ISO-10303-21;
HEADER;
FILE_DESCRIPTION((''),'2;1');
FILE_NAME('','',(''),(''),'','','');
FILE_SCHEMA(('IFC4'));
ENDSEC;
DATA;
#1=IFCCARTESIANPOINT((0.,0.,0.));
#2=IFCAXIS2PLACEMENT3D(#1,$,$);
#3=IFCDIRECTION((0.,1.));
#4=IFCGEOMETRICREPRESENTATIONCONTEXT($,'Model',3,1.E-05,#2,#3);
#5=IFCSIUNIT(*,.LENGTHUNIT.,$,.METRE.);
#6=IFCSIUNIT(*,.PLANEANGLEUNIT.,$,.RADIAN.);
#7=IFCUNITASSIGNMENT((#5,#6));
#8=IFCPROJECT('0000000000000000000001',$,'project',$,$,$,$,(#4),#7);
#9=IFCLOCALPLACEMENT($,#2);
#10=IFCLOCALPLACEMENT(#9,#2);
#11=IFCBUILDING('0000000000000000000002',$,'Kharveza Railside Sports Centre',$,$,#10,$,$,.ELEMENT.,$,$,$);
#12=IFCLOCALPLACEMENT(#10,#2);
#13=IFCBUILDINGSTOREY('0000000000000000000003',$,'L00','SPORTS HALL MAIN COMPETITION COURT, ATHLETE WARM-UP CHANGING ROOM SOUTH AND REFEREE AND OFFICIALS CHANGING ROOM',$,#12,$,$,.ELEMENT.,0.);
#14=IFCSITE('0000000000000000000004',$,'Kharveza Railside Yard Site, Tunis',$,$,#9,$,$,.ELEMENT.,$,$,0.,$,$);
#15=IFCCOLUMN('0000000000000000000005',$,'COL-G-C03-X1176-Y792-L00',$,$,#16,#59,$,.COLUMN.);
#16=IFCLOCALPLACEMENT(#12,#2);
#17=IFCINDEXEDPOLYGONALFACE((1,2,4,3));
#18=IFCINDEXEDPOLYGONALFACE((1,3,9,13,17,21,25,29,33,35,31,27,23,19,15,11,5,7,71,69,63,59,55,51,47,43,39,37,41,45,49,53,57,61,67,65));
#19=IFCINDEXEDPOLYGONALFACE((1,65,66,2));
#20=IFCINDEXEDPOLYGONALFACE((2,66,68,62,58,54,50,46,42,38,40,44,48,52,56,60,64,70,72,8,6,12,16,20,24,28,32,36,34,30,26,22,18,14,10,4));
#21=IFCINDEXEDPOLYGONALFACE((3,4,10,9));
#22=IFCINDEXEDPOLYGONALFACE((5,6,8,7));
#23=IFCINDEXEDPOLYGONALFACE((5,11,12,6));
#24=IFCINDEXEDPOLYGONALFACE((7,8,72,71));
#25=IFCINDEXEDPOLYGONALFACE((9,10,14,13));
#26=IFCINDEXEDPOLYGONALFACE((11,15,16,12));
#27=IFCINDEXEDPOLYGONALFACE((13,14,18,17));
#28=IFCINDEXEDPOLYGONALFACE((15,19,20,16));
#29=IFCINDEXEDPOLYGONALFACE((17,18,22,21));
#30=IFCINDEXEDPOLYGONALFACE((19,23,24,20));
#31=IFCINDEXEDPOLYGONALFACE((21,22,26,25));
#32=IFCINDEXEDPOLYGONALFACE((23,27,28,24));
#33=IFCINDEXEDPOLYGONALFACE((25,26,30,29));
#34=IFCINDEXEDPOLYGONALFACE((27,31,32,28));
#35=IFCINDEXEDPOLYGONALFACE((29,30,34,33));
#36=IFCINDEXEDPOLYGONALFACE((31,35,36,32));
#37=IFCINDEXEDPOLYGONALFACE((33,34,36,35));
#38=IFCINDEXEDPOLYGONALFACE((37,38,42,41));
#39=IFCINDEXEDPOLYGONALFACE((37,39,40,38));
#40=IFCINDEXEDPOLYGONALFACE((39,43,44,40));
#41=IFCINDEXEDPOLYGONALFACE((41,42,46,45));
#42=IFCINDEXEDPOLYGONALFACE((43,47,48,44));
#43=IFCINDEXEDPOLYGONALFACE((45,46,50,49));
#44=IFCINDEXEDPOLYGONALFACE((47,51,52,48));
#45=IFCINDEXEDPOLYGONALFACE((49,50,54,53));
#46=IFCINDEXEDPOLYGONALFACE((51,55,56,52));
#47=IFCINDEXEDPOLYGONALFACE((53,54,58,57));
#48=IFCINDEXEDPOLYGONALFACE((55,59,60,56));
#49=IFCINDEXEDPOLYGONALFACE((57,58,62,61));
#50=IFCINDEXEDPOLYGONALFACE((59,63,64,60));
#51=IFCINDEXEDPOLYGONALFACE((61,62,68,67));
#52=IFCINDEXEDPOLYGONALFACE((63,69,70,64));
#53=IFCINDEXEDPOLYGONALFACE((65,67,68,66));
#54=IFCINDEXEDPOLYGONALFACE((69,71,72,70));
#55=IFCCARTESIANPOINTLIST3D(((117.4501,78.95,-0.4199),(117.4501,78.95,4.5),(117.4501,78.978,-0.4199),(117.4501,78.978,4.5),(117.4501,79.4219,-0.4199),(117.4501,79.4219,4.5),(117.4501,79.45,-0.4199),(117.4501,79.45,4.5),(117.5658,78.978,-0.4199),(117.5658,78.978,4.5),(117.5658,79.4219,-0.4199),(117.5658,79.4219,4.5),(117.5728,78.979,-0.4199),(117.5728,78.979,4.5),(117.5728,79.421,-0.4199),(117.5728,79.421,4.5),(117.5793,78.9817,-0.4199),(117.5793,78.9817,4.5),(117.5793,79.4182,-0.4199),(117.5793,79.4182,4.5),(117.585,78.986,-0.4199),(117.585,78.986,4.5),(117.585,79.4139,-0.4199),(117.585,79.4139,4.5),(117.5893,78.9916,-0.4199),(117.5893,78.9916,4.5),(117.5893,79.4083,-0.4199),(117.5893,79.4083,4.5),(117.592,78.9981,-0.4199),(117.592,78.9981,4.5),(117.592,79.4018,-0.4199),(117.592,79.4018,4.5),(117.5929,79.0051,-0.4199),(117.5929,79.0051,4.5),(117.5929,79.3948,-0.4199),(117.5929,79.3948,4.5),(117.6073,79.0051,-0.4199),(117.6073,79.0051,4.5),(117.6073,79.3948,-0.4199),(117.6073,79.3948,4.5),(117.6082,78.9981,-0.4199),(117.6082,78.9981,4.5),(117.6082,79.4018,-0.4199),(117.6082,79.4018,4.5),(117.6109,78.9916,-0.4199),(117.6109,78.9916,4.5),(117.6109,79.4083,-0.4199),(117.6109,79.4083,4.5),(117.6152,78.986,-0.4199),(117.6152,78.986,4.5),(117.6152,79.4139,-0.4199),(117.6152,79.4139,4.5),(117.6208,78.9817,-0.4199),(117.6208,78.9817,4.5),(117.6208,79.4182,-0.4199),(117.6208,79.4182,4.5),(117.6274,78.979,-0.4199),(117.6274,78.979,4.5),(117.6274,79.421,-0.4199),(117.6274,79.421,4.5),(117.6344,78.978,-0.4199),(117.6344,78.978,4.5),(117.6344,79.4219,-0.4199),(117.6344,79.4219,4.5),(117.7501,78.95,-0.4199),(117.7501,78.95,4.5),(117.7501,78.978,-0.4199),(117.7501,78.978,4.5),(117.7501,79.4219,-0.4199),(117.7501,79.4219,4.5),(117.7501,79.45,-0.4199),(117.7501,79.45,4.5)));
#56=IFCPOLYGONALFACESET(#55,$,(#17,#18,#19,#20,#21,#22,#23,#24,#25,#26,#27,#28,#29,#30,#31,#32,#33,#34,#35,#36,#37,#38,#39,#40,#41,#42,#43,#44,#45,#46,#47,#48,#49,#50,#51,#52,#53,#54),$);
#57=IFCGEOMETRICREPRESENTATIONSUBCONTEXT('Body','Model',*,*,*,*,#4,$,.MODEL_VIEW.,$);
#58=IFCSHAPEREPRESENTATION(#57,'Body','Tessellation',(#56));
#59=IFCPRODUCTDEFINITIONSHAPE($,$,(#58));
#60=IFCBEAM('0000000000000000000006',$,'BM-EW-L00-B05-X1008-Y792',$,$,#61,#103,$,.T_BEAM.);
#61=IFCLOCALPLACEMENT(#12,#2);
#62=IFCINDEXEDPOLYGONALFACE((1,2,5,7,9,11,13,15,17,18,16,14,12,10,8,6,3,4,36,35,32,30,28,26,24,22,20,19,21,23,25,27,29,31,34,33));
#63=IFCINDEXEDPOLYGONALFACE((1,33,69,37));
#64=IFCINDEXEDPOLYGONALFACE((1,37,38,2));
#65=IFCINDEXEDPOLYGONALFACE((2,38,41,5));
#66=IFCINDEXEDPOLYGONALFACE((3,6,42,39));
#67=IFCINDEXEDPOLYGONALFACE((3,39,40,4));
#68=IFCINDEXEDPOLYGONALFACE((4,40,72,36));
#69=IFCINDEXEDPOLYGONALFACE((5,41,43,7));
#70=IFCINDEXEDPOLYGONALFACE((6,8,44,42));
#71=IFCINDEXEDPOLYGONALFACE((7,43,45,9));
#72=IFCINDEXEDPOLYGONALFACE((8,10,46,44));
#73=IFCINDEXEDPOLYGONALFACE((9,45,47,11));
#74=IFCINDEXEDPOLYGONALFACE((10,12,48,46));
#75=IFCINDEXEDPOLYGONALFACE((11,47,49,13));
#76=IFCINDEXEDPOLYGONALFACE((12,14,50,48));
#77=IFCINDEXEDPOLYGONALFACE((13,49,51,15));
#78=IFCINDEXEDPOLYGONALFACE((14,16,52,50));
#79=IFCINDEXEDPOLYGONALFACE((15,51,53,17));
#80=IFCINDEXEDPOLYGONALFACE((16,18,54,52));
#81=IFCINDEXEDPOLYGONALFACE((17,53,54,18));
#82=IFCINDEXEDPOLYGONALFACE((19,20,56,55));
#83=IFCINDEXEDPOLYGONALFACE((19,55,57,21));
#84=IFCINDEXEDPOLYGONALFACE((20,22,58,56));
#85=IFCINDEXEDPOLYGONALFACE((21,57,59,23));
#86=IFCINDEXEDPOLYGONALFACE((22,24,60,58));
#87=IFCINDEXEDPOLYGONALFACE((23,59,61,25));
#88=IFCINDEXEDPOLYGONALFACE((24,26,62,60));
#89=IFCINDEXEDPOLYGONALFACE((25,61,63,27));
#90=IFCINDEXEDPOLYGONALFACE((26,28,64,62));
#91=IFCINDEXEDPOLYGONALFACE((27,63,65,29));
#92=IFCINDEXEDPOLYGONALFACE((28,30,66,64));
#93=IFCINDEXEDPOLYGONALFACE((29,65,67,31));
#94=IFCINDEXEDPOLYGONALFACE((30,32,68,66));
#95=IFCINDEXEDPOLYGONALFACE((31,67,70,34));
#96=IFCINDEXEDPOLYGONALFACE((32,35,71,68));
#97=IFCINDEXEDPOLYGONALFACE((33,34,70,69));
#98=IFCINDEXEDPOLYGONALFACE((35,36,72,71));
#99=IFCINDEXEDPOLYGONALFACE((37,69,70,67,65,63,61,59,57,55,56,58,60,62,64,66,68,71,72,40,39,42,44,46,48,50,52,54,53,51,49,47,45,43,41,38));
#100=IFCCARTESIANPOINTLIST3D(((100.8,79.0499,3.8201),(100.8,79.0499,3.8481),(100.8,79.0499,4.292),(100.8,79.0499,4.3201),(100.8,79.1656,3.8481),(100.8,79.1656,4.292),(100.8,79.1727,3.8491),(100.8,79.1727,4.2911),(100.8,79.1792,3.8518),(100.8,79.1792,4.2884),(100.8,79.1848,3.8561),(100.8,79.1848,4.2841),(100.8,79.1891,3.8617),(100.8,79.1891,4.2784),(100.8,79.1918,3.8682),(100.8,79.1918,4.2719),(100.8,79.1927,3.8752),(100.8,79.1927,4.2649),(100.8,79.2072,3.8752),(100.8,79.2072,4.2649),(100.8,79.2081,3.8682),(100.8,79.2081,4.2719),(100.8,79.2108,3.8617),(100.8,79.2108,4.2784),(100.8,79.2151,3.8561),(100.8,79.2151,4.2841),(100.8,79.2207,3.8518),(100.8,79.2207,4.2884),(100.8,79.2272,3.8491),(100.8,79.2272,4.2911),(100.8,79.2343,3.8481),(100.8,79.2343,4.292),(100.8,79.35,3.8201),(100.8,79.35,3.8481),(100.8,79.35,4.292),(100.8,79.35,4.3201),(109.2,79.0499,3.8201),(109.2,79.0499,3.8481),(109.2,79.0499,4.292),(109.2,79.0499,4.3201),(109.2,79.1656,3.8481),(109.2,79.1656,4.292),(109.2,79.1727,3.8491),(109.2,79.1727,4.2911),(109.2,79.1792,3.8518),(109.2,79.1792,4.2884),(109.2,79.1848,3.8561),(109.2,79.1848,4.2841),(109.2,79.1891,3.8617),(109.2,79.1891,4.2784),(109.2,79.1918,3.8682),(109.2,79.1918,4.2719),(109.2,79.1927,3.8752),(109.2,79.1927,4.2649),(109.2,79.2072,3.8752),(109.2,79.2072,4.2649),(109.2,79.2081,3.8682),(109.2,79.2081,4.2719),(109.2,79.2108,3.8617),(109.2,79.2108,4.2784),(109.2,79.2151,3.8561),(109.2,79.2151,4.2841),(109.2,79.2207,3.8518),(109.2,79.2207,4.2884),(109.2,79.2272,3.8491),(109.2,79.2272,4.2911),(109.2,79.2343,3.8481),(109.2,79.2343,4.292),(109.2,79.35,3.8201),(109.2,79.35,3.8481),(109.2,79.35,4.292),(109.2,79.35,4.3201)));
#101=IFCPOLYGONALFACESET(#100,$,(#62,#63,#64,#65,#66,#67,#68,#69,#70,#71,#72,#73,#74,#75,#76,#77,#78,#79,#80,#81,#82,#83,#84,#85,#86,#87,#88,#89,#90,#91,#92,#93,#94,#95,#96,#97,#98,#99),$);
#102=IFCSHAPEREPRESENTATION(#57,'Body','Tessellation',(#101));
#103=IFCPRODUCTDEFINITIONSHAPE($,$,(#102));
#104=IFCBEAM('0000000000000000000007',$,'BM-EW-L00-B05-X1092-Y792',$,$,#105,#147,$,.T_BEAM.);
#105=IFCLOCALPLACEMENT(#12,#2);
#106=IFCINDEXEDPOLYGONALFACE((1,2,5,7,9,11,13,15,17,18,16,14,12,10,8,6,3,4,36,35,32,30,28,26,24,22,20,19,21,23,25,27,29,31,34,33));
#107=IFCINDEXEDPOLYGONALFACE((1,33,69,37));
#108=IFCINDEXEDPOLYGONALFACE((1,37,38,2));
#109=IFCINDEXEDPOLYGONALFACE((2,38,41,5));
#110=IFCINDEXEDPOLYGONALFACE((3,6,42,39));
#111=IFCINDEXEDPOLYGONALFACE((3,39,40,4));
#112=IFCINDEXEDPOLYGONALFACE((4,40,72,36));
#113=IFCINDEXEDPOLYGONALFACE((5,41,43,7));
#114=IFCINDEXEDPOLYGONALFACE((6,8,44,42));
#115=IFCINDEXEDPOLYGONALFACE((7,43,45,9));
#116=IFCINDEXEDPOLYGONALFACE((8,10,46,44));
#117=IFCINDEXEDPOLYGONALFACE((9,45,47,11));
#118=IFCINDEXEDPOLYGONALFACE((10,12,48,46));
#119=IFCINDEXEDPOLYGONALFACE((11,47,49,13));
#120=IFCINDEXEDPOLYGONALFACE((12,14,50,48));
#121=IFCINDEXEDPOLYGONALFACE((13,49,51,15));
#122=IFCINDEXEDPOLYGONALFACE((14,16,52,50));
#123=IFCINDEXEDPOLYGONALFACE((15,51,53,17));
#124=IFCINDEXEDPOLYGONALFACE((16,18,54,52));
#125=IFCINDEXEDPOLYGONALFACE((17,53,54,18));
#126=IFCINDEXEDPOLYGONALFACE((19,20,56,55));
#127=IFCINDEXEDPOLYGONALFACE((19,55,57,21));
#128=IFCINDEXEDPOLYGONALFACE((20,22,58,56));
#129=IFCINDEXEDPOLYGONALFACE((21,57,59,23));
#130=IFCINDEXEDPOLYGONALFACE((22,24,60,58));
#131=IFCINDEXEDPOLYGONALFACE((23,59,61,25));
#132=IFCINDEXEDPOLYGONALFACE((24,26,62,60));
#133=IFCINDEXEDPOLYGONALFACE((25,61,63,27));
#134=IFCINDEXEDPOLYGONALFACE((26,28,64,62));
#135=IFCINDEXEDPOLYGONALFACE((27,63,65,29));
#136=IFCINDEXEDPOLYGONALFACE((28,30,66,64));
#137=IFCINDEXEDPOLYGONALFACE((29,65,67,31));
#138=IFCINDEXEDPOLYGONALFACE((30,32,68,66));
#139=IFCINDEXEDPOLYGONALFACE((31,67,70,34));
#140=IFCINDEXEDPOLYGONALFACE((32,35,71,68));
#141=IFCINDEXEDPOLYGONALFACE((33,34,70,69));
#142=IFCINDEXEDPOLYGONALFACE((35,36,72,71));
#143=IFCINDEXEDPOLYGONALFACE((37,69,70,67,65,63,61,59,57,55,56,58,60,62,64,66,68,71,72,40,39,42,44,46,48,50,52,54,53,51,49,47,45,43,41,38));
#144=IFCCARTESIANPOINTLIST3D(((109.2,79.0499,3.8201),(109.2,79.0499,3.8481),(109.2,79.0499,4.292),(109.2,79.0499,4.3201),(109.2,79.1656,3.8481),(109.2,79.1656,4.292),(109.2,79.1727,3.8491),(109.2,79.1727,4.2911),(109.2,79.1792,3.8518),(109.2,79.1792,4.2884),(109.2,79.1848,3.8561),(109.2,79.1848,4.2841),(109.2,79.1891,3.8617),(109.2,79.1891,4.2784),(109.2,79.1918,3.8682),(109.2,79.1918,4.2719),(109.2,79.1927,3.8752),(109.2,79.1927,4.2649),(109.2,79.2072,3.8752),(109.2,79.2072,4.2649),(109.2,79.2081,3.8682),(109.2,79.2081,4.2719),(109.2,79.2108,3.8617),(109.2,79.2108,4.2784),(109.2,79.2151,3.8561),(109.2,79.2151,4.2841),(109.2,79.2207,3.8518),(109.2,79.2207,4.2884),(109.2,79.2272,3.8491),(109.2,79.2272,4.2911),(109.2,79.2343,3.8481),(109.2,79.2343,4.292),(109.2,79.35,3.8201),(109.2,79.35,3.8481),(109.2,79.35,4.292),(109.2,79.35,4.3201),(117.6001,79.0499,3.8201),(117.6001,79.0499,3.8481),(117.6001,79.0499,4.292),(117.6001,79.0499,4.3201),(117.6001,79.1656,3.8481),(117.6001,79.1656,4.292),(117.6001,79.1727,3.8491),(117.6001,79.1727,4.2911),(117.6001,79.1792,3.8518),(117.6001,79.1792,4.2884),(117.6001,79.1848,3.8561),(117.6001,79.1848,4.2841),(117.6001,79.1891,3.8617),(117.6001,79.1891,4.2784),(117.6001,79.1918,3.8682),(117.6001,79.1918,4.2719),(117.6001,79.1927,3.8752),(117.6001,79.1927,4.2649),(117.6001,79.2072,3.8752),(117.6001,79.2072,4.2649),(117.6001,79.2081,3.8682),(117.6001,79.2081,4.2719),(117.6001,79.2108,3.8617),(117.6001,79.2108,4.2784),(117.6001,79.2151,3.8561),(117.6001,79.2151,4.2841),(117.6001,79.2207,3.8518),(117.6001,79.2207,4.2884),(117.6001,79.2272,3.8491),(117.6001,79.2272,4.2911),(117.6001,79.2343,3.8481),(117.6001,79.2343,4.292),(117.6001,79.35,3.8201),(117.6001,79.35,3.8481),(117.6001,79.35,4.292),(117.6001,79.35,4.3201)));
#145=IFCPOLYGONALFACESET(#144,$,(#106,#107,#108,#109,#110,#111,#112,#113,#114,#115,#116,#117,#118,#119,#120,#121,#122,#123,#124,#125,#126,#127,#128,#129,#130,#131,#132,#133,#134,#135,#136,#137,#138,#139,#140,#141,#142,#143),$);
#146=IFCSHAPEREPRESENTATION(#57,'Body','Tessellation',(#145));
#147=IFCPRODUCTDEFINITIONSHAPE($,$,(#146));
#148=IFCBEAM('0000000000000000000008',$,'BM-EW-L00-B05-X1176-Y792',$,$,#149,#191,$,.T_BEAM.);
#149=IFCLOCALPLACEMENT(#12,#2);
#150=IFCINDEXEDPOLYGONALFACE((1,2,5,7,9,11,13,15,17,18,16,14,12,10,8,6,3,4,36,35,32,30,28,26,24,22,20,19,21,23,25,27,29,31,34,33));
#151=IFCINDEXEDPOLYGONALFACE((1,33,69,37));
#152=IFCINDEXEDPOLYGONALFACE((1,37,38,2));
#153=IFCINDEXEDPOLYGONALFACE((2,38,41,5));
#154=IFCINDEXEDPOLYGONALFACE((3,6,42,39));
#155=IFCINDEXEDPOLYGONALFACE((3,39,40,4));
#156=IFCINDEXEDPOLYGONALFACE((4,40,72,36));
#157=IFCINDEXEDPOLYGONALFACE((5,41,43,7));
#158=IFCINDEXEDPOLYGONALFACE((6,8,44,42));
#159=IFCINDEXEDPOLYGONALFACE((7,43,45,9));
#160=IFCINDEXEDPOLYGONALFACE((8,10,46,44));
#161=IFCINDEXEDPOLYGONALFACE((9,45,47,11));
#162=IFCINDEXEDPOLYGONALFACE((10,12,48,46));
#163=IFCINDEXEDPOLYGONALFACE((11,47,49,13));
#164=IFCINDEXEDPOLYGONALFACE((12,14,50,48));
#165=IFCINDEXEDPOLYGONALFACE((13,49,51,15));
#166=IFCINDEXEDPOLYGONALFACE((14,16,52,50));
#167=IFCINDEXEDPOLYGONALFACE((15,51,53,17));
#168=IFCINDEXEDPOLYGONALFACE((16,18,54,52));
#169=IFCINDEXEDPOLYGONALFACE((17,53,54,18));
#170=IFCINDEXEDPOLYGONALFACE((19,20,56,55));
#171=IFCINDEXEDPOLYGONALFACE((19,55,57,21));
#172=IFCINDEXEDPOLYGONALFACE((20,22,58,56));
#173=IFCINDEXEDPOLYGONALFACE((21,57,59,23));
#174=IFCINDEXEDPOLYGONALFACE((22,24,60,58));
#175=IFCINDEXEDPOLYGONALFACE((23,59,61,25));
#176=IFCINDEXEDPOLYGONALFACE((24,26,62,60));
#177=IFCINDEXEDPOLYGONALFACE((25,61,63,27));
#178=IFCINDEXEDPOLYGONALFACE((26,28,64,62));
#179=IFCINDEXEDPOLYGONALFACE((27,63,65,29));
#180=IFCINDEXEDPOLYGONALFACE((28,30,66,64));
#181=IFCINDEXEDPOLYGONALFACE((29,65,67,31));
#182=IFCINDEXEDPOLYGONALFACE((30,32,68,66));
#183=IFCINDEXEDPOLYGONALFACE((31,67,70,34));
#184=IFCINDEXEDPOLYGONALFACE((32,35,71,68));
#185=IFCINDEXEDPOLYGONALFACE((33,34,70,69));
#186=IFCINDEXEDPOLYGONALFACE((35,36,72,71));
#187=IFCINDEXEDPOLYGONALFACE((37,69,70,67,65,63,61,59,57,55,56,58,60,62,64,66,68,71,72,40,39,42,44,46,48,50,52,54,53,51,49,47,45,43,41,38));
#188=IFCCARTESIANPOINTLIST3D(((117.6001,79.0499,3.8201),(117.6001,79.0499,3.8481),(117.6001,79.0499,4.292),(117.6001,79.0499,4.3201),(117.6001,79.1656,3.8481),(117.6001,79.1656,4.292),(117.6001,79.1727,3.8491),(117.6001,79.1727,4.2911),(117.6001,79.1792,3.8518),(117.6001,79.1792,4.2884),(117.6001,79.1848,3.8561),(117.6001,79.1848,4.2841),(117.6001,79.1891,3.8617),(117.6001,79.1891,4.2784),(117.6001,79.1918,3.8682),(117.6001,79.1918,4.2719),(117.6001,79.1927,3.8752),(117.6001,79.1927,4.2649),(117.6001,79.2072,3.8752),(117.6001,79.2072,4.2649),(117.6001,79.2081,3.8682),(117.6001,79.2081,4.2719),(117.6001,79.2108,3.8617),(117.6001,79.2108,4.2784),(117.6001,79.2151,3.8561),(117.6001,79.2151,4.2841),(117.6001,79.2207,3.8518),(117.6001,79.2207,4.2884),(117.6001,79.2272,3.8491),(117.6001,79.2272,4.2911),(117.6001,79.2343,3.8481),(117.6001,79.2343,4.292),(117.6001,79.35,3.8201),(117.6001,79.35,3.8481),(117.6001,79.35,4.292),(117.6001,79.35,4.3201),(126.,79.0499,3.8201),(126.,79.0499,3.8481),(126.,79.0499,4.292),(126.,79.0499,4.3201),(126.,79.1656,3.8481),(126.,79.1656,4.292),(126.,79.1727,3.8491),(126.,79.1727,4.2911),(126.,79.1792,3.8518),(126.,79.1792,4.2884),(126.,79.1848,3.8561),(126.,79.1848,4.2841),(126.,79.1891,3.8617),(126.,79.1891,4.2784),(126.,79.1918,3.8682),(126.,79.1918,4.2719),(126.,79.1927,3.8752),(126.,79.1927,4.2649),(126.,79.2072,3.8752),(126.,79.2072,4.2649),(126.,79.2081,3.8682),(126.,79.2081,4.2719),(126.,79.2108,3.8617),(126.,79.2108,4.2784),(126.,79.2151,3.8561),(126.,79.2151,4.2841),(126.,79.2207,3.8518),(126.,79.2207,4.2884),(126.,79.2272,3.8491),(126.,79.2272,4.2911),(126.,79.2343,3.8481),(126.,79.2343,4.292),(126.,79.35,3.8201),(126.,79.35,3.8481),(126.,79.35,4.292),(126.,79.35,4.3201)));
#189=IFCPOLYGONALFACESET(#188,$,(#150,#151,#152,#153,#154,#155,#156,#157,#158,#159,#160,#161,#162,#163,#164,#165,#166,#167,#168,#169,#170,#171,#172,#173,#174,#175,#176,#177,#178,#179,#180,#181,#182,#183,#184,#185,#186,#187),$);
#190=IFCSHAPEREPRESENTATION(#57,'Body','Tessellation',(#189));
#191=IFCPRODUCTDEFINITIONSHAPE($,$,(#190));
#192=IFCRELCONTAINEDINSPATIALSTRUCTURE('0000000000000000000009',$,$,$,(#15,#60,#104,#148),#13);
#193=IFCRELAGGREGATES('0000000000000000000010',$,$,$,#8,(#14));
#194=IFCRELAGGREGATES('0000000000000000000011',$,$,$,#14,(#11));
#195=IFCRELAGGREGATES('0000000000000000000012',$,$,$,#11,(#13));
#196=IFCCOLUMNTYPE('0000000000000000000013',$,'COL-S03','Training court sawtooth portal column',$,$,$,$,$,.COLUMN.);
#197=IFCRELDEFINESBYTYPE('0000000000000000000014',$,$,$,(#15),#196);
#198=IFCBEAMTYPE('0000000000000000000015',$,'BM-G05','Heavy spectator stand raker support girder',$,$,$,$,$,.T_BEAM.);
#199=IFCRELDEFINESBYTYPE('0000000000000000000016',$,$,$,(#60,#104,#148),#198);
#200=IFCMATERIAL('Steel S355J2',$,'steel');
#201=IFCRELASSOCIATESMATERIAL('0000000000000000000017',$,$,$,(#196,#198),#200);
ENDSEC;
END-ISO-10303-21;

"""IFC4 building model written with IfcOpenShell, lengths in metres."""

from ifc_helpers import new_model, si_unit, direction, frame, origin, origin_2d, place, context, subcontext, project, spatial, i_section, extrude, material, material_profile, profile_set, type_object, element, save


model = new_model("IFC4")

# Units and contexts
model_context = context("Model", 3, precision=1e-05, world=origin(), true_north=direction((0.0, 1.0)))
body_context = subcontext(model_context, "Body", "Model", "MODEL_VIEW")
ifc_project = project(units=[si_unit("LENGTHUNIT", "METRE"), si_unit("PLANEANGLEUNIT", "RADIAN")], contexts=[model_context])

# Site, building, storey
site_placement = place(None, origin())
site = spatial("IfcSite", under=ifc_project, at=site_placement, Name="Kharveza Railside Yard Site, Tunis", CompositionType="ELEMENT", RefElevation=0.0)
building_placement = place(site_placement, origin())
building = spatial("IfcBuilding", under=site, at=building_placement, Name="Kharveza Railside Sports Centre", CompositionType="ELEMENT")
storey_placement = place(building_placement, origin())
storey = spatial("IfcBuildingStorey", under=building, at=storey_placement, Name="L00", Description="SPORTS HALL MAIN COMPETITION COURT, ATHLETE WARM-UP CHANGING ROOM SOUTH AND REFEREE AND OFFICIALS CHANGING ROOM", CompositionType="ELEMENT", Elevation=0.0)

# Column
ifc_material_1 = material(Name="Steel S355J2", Category="steel")
ifc_material_profile_1 = material_profile(ifc_material_1, i_section(OverallWidth=0.3, OverallDepth=0.5, WebThickness=0.0144, FlangeThickness=0.0281, FilletRadius=0.0271, at=origin_2d()), Name="HEB 500")
ifc_profile_set_1 = profile_set([ifc_material_profile_1], Name="Steel S355J2")
column_type = type_object("IfcColumnType", Name="COL-S03", Description="Training court sawtooth portal column", PredefinedType="COLUMN", material=ifc_profile_set_1)
for number, where, z_axis, x_axis, name in (
    (1, (117.6001, 79.2, -0.4199), (0.0, 0.0, 1.0), (1.0, 0.0, 0.0), "COL-G-C03-X1176-Y792-L00"),
):
    element("IfcColumn", number, at=place(storey_placement, frame(where, z_axis=z_axis, x_axis=x_axis)), inside=storey, type_object=column_type, Name=name, PredefinedType="COLUMN", context=body_context, shape_type="SweptSolid", body=[
        extrude(i_section(OverallWidth=0.3, OverallDepth=0.5, WebThickness=0.0144, FlangeThickness=0.0281, FilletRadius=0.0271, at=origin_2d()), origin(), (0.0, 0.0, 1.0), 4.9199),
    ])

# Beams
ifc_material_profile_2 = material_profile(ifc_material_1, i_section(OverallWidth=0.3, OverallDepth=0.5, WebThickness=0.0144, FlangeThickness=0.0281, FilletRadius=0.0271, at=origin_2d()), Name="HEB 500")
ifc_profile_set_2 = profile_set([ifc_material_profile_2], Name="Steel S355J2")
beam_type_1 = type_object("IfcBeamType", Name="BM-G05", Description="Heavy spectator stand raker support girder", PredefinedType="T_BEAM", material=ifc_profile_set_2)
beam_1_placement = place(storey_placement, frame((100.8, 79.2, 4.0701), z_axis=(1.0, 0.0, 0.0), x_axis=(0.0, 1.0, 0.0)))
element("IfcBeam", 2, at=beam_1_placement, inside=storey, type_object=beam_type_1, Name="BM-EW-L00-B05-X1008-Y792", PredefinedType="T_BEAM", context=body_context, shape_type="SweptSolid", body=[
    extrude(i_section(OverallWidth=0.3, OverallDepth=0.5, WebThickness=0.0144, FlangeThickness=0.0281, FilletRadius=0.0271, at=origin_2d()), origin(), (0.0, 0.0, 1.0), 8.3999),
])
beam_2_placement = place(storey_placement, frame((109.2, 79.2, 4.0701), z_axis=(1.0, 0.0, 0.0), x_axis=(0.0, 1.0, 0.0)))
element("IfcBeam", 3, at=beam_2_placement, inside=storey, type_object=beam_type_1, Name="BM-EW-L00-B05-X1092-Y792", PredefinedType="T_BEAM", context=body_context, shape_type="SweptSolid", body=[
    extrude(i_section(OverallWidth=0.3, OverallDepth=0.5, WebThickness=0.0144, FlangeThickness=0.0281, FilletRadius=0.0271, at=origin_2d()), origin(), (0.0, 0.0, 1.0), 8.4001),
])
beam_3_placement = place(storey_placement, frame((117.6001, 79.2, 4.0701), z_axis=(1.0, 0.0, 0.0), x_axis=(0.0, 1.0, 0.0)))
element("IfcBeam", 4, at=beam_3_placement, inside=storey, type_object=beam_type_1, Name="BM-EW-L00-B05-X1176-Y792", PredefinedType="T_BEAM", context=body_context, shape_type="SweptSolid", body=[
    extrude(i_section(OverallWidth=0.3, OverallDepth=0.5, WebThickness=0.0144, FlangeThickness=0.0281, FilletRadius=0.0271, at=origin_2d()), origin(), (0.0, 0.0, 1.0), 8.3999),
])

save(model, "model.ifc")
